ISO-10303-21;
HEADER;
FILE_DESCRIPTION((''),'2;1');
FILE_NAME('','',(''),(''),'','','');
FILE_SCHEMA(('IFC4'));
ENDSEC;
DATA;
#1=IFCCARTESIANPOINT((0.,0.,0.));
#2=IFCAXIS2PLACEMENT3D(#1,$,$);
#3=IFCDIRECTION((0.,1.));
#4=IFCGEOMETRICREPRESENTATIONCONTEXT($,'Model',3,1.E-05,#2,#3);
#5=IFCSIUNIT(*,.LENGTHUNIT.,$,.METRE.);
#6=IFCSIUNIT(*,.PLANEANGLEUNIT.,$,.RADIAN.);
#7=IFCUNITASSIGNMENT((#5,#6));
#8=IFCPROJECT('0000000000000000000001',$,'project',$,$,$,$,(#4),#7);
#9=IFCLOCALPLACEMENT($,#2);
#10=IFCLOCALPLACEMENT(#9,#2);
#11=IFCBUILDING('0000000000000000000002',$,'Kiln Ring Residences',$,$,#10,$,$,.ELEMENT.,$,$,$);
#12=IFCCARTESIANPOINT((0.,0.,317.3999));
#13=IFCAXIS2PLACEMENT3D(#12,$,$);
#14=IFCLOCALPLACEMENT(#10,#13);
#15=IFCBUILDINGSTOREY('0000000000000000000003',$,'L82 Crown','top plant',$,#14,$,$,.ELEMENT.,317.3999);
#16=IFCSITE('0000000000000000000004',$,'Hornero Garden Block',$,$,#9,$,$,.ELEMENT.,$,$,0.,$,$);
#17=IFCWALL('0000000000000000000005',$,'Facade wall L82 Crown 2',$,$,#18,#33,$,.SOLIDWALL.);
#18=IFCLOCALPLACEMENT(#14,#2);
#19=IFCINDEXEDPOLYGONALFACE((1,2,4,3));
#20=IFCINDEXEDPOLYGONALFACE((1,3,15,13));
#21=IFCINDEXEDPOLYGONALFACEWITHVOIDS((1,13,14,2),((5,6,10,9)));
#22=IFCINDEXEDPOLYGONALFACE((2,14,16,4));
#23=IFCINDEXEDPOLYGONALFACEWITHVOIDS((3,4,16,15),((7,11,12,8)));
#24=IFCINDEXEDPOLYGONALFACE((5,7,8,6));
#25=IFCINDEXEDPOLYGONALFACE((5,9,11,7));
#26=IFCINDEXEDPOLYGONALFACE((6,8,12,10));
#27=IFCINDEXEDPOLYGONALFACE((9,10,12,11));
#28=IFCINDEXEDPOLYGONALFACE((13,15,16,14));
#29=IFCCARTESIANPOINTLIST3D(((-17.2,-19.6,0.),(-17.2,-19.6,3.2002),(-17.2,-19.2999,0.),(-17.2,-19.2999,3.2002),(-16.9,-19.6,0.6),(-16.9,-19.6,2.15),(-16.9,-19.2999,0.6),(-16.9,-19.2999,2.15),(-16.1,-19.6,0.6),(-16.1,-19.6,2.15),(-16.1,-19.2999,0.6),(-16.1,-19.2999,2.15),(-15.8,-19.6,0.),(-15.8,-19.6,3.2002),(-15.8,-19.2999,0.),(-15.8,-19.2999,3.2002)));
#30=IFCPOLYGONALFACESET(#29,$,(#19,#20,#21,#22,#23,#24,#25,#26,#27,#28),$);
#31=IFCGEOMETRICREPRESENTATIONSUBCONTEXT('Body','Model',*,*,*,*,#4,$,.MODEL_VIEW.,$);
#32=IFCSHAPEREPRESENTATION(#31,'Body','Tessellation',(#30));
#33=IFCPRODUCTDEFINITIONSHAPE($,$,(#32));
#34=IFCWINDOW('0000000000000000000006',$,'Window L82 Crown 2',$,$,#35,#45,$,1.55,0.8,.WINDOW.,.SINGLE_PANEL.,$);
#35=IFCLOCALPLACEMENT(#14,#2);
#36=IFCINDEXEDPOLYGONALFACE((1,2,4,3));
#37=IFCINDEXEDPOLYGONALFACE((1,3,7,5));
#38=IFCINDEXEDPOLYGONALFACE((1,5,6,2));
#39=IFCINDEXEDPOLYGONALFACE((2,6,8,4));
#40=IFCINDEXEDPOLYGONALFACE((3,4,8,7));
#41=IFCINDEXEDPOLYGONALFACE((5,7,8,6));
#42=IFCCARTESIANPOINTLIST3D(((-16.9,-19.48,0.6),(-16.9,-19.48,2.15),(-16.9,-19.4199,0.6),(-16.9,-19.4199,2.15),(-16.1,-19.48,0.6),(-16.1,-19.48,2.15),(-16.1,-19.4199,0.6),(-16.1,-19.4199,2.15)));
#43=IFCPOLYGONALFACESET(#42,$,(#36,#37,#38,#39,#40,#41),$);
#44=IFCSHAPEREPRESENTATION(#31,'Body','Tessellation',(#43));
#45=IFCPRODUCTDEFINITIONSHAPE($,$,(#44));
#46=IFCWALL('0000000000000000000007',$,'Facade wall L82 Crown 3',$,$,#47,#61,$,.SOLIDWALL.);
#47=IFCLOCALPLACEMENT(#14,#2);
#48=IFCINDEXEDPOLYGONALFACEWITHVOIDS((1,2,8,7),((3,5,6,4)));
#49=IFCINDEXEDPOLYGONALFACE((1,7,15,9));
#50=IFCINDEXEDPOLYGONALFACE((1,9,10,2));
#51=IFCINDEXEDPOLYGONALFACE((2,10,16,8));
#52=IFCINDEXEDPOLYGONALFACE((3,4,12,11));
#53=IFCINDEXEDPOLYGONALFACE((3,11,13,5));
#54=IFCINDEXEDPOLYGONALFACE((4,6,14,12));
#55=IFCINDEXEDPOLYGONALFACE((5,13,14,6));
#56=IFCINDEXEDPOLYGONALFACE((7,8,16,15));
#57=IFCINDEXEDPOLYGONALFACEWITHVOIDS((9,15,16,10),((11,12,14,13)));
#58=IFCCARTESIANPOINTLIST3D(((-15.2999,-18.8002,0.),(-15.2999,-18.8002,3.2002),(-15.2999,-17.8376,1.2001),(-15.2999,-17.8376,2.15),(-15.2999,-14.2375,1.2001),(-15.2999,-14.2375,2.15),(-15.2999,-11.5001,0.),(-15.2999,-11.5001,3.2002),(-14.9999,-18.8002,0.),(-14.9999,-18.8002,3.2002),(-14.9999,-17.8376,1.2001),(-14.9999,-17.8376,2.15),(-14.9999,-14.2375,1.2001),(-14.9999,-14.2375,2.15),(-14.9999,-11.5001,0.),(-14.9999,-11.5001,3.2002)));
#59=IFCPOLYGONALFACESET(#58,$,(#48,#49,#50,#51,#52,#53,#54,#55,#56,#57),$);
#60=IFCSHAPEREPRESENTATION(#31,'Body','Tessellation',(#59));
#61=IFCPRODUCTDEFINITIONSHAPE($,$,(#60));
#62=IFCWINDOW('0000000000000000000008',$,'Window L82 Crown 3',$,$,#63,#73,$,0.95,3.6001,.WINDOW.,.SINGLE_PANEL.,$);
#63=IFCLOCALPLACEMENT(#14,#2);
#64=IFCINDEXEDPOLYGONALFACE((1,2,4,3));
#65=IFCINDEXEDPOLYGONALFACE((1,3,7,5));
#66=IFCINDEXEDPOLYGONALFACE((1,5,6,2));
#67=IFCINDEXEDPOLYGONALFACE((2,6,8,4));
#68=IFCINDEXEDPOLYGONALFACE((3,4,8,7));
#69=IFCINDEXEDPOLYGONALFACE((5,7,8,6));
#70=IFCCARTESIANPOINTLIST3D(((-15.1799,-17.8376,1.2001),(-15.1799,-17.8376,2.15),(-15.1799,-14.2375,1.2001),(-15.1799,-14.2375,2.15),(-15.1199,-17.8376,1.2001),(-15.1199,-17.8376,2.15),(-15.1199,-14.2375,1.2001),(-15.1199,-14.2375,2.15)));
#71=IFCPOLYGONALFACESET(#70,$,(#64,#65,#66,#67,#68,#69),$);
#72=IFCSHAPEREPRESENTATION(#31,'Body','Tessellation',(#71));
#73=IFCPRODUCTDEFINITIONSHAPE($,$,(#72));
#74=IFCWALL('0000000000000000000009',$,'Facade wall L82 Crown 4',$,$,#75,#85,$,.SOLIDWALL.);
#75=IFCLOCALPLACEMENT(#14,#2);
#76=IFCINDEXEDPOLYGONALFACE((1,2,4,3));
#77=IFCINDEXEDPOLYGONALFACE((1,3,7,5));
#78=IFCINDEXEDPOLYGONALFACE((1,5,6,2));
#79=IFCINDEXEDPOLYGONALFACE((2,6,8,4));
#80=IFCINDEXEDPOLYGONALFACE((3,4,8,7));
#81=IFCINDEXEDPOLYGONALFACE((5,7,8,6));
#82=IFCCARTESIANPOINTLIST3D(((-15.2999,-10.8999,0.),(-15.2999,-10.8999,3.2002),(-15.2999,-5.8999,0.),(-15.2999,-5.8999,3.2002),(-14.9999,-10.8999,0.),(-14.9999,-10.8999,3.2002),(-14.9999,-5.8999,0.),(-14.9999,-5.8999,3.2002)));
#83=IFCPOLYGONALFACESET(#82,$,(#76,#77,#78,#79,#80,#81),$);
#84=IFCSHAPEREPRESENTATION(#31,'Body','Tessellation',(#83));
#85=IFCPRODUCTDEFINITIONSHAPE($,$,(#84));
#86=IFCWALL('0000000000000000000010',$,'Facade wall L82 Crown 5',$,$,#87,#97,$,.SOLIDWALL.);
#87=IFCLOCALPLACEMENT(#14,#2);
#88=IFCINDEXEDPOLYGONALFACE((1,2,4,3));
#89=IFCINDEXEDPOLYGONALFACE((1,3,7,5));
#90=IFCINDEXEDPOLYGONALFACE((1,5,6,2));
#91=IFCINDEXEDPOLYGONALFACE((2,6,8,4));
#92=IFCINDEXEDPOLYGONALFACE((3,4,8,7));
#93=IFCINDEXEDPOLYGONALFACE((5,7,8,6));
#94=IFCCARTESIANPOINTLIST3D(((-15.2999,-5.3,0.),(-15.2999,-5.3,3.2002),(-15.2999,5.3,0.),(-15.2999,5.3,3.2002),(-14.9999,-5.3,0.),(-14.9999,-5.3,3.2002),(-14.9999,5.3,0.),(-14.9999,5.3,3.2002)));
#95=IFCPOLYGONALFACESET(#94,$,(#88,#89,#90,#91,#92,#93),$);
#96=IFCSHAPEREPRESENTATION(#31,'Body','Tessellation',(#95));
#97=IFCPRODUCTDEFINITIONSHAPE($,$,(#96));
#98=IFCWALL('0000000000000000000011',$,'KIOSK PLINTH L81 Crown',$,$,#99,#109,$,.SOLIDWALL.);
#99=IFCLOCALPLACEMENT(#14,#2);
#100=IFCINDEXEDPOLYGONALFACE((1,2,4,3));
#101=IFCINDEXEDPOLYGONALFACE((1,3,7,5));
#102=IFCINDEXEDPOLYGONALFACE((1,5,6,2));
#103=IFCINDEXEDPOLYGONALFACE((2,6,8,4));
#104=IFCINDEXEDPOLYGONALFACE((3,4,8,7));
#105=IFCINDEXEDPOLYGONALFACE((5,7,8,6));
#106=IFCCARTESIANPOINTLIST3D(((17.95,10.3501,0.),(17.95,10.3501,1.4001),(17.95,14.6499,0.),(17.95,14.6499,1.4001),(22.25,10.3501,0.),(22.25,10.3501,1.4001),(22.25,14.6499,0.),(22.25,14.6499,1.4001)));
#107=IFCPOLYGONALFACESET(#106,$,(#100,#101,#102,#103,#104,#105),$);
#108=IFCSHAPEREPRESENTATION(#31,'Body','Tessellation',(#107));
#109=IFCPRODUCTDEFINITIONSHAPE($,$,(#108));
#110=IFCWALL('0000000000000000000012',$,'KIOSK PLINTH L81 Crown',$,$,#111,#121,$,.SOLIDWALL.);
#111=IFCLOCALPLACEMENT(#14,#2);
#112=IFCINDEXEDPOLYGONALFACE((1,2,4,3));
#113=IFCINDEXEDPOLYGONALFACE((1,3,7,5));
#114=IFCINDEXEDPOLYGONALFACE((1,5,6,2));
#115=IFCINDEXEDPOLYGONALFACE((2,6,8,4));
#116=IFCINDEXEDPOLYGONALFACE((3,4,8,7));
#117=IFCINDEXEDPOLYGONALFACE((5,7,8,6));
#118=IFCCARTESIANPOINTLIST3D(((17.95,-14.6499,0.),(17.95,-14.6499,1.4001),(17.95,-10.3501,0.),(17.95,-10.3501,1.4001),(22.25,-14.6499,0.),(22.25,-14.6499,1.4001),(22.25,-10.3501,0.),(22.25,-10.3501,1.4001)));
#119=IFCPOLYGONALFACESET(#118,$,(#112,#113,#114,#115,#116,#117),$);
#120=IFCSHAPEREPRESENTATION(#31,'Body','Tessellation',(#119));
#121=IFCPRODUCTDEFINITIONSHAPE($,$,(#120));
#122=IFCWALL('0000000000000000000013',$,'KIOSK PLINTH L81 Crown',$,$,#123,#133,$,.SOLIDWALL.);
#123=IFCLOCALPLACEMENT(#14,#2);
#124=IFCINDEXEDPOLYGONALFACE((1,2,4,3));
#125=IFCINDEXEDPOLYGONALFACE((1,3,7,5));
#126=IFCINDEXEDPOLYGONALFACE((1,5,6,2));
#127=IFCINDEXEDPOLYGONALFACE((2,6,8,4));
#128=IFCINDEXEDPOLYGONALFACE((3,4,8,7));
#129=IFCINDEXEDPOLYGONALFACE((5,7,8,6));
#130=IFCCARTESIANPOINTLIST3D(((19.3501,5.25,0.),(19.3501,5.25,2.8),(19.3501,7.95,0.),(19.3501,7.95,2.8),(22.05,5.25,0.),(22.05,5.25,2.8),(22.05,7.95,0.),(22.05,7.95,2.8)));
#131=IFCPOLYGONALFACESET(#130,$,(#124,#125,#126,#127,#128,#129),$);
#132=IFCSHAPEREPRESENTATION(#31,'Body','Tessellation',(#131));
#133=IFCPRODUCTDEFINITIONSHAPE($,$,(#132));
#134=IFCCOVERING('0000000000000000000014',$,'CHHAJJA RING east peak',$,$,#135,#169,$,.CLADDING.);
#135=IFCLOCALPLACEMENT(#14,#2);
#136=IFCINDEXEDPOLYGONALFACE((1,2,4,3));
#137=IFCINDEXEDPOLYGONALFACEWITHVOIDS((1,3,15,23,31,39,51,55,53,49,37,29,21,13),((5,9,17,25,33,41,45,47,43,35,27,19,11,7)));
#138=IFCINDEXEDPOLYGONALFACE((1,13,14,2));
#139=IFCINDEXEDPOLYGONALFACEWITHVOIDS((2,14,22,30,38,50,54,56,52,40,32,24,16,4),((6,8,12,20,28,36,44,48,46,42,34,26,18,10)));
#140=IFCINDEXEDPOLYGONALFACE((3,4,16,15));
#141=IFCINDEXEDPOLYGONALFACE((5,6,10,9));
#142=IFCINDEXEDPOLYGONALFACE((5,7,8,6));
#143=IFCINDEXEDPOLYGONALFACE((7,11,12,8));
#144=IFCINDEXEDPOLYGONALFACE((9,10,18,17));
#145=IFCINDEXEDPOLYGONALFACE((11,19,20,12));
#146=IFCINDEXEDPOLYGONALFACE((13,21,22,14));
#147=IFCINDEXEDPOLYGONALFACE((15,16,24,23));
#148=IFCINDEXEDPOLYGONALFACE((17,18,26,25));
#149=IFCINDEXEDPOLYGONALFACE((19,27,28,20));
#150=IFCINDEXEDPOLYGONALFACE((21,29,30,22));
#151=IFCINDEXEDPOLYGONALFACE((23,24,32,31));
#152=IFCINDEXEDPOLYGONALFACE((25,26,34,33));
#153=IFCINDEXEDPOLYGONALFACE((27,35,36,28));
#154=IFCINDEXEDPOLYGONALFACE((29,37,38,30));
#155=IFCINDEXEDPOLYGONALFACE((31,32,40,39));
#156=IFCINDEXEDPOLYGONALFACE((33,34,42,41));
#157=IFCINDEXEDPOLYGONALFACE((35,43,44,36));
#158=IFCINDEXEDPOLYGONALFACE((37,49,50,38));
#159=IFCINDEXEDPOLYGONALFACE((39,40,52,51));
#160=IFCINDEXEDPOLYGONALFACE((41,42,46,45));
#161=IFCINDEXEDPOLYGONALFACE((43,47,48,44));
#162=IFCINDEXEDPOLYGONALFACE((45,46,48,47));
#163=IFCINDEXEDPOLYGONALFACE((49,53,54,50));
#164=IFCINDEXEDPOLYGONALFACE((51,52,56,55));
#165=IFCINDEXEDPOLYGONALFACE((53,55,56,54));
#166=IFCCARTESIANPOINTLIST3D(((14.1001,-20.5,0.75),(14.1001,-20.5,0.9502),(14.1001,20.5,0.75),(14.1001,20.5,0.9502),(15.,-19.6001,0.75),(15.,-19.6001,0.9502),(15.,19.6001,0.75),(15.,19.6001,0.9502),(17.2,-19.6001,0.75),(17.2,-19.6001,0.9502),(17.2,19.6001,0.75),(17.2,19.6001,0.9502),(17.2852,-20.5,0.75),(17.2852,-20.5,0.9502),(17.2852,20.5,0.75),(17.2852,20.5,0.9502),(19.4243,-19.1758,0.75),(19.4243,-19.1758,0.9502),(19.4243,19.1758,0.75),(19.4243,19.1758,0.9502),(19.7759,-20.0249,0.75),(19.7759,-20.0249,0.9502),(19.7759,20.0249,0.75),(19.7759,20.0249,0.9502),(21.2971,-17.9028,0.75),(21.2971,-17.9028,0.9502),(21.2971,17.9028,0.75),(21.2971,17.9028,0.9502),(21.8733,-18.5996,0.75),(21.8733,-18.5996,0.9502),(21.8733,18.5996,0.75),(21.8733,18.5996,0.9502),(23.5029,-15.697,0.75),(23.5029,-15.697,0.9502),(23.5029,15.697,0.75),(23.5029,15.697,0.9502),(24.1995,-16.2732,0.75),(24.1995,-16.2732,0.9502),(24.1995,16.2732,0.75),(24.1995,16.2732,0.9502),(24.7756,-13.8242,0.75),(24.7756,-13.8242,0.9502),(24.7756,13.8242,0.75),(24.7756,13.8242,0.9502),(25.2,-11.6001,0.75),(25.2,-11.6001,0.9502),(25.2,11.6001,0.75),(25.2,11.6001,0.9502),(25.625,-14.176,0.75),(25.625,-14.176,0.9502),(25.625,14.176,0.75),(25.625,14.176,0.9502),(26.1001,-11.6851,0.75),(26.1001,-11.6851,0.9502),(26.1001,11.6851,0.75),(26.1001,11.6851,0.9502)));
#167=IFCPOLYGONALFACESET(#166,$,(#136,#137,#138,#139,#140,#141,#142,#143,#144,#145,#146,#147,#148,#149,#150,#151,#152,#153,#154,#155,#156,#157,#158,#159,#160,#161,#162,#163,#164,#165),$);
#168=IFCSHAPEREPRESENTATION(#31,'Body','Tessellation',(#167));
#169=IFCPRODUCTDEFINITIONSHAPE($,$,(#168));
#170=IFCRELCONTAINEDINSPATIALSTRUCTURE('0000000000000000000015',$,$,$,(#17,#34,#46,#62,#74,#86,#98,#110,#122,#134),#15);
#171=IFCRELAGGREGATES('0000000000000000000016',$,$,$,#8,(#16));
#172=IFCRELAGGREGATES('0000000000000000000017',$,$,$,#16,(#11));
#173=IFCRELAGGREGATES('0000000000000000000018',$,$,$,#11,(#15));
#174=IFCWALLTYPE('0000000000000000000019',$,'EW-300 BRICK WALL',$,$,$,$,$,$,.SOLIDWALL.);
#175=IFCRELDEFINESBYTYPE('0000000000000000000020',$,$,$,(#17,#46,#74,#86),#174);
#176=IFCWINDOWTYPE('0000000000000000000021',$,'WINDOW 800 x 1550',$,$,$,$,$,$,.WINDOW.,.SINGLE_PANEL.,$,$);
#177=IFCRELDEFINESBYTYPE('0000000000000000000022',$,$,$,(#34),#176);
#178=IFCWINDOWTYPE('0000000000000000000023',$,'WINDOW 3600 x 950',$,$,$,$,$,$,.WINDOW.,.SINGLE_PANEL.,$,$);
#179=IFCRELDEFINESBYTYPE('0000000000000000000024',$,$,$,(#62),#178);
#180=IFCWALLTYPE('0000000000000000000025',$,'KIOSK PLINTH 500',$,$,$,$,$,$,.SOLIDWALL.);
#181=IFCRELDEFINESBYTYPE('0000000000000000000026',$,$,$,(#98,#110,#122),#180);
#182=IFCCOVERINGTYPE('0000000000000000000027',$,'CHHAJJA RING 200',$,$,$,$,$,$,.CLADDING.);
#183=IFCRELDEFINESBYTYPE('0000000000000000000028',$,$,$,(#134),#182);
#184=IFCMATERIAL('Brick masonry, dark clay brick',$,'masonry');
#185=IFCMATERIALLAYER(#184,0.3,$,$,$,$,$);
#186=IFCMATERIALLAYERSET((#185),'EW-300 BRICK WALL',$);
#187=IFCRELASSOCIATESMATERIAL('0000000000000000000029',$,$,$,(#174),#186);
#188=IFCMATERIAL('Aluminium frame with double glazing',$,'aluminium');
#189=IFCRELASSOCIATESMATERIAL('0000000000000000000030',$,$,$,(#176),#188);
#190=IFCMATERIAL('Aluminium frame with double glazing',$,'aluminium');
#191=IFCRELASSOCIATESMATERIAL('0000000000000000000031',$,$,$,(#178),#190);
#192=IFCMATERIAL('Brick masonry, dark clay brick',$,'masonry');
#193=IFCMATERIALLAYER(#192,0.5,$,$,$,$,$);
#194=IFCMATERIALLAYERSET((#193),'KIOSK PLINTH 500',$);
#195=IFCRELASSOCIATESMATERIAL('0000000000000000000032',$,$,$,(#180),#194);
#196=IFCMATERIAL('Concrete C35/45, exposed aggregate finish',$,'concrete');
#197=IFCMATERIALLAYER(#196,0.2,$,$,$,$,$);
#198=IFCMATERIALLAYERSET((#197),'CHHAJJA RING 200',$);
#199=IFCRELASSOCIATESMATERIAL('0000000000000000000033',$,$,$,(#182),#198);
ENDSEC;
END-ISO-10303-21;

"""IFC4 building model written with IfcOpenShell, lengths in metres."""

from ifc_helpers import new_model, si_unit, direction, frame, frame_2d, origin, place, context, subcontext, project, spatial, polyline, rectangle, outline, extrude, material, layer, layer_set, type_object, element, fill, save


model = new_model("IFC4")

# Units and contexts
model_context = context("Model", 3, precision=1e-05, world=origin(), true_north=direction((0.0, 1.0)))
body_context = subcontext(model_context, "Body", "Model", "MODEL_VIEW")
ifc_project = project(units=[si_unit("LENGTHUNIT", "METRE"), si_unit("PLANEANGLEUNIT", "RADIAN")], contexts=[model_context])

# Site, building, storey
site_placement = place(None, origin())
site = spatial("IfcSite", under=ifc_project, at=site_placement, Name="Hornero Garden Block", CompositionType="ELEMENT", RefElevation=0.0)
building_placement = place(site_placement, origin())
building = spatial("IfcBuilding", under=site, at=building_placement, Name="Kiln Ring Residences", CompositionType="ELEMENT")
storey_placement = place(building_placement, frame((0.0, 0.0, 317.3999)))
storey = spatial("IfcBuildingStorey", under=building, at=storey_placement, Name="L82 Crown", Description="top plant", CompositionType="ELEMENT", Elevation=317.3999)

# Walls, openings, windows
ifc_material_1 = material(Name="Brick masonry, dark clay brick", Category="masonry")
ifc_layer_1 = layer(ifc_material_1, 0.3)
ifc_layer_set_1 = layer_set([ifc_layer_1], Name="EW-300 BRICK WALL")
wall_type_1 = type_object("IfcWallType", Name="EW-300 BRICK WALL", PredefinedType="SOLIDWALL", material=ifc_layer_set_1)
wall_1_placement = place(storey_placement, frame((-17.2, -19.45, 0.0), z_axis=(0.0, 0.0, 1.0), x_axis=(1.0, 0.0, 0.0)))
wall_1 = element("IfcWall", 1, at=wall_1_placement, inside=storey, type_object=wall_type_1, Name="Facade wall L82 Crown 2", PredefinedType="SOLIDWALL", context=body_context, shape_type="SweptSolid", body=[
    extrude(rectangle(XDim=1.3999, YDim=0.3, at=frame_2d((0.7, 0.0))), origin(), (0.0, 0.0, 1.0), 3.2002),
])
opening_1_placement = place(wall_1_placement, frame((0.3, 0.0, 0.6001)))
opening_1 = element("IfcOpeningElement", 2, at=opening_1_placement, cuts=wall_1, PredefinedType="OPENING", context=body_context, shape_type="SweptSolid", body=[
    extrude(rectangle(XDim=0.8, YDim=1.55, at=frame_2d((0.3999, 0.7749))), frame((0.0, 0.1599, 0.0), z_axis=(0.0, -1.0, 0.0), x_axis=(1.0, 0.0, 0.0)), (0.0, 0.0, 1.0), 0.3201),
])
ifc_material_2 = material(Name="Aluminium frame with double glazing", Category="aluminium")
window_type_1 = type_object("IfcWindowType", Name="WINDOW 800 x 1550", PartitioningType="SINGLE_PANEL", PredefinedType="WINDOW", material=ifc_material_2)
window_1_placement = place(opening_1_placement, origin())
window_1 = element("IfcWindow", 3, at=window_1_placement, inside=storey, type_object=window_type_1, Name="Window L82 Crown 2", OverallHeight=1.55, OverallWidth=0.8, PartitioningType="SINGLE_PANEL", PredefinedType="WINDOW", context=body_context, shape_type="SweptSolid", body=[
    extrude(rectangle(XDim=0.8, YDim=1.55, at=frame_2d((0.3999, 0.7749))), frame((0.0, 0.03, 0.0), z_axis=(0.0, -1.0, 0.0), x_axis=(1.0, 0.0, 0.0)), (0.0, 0.0, 1.0), 0.0601),
])
fill(opening_1, window_1)
wall_2_placement = place(storey_placement, frame((-15.1499, -18.8, 0.0), z_axis=(0.0, 0.0, 1.0), x_axis=(0.0, 1.0, 0.0)))
wall_2 = element("IfcWall", 4, at=wall_2_placement, inside=storey, type_object=wall_type_1, Name="Facade wall L82 Crown 3", PredefinedType="SOLIDWALL", context=body_context, shape_type="SweptSolid", body=[
    extrude(rectangle(XDim=7.3, YDim=0.3, at=frame_2d((3.6499, 0.0))), origin(), (0.0, 0.0, 1.0), 3.2002),
])
opening_2_placement = place(wall_2_placement, frame((0.9624, 0.0, 1.2)))
opening_2 = element("IfcOpeningElement", 5, at=opening_2_placement, cuts=wall_2, PredefinedType="OPENING", context=body_context, shape_type="SweptSolid", body=[
    extrude(rectangle(XDim=3.6001, YDim=0.95, at=frame_2d((1.8, 0.4751))), frame((0.0, 0.1599, 0.0), z_axis=(0.0, -1.0, 0.0), x_axis=(1.0, 0.0, 0.0)), (0.0, 0.0, 1.0), 0.3201),
])
ifc_material_3 = material(Name="Aluminium frame with double glazing", Category="aluminium")
window_type_2 = type_object("IfcWindowType", Name="WINDOW 3600 x 950", PartitioningType="SINGLE_PANEL", PredefinedType="WINDOW", material=ifc_material_3)
window_2_placement = place(opening_2_placement, origin())
window_2 = element("IfcWindow", 6, at=window_2_placement, inside=storey, type_object=window_type_2, Name="Window L82 Crown 3", OverallHeight=0.95, OverallWidth=3.6001, PartitioningType="SINGLE_PANEL", PredefinedType="WINDOW", context=body_context, shape_type="SweptSolid", body=[
    extrude(rectangle(XDim=3.6001, YDim=0.95, at=frame_2d((1.8, 0.4751))), frame((0.0, 0.03, 0.0), z_axis=(0.0, -1.0, 0.0), x_axis=(1.0, 0.0, 0.0)), (0.0, 0.0, 1.0), 0.0601),
])
fill(opening_2, window_2)

# Walls
wall_3_placement = place(storey_placement, frame((-15.1499, -10.8999, 0.0), z_axis=(0.0, 0.0, 1.0), x_axis=(0.0, 1.0, 0.0)))
element("IfcWall", 7, at=wall_3_placement, inside=storey, type_object=wall_type_1, Name="Facade wall L82 Crown 4", PredefinedType="SOLIDWALL", context=body_context, shape_type="SweptSolid", body=[
    extrude(rectangle(XDim=5.0, YDim=0.3, at=frame_2d((2.5, 0.0))), origin(), (0.0, 0.0, 1.0), 3.2002),
])
wall_4_placement = place(storey_placement, frame((-15.1499, -5.3, 0.0), z_axis=(0.0, 0.0, 1.0), x_axis=(0.0, 1.0, 0.0)))
element("IfcWall", 8, at=wall_4_placement, inside=storey, type_object=wall_type_1, Name="Facade wall L82 Crown 5", PredefinedType="SOLIDWALL", context=body_context, shape_type="SweptSolid", body=[
    extrude(rectangle(XDim=10.6001, YDim=0.3, at=frame_2d((5.3, 0.0))), origin(), (0.0, 0.0, 1.0), 3.2002),
])
ifc_material_4 = material(Name="Brick masonry, dark clay brick", Category="masonry")
ifc_layer_2 = layer(ifc_material_4, 0.5)
ifc_layer_set_2 = layer_set([ifc_layer_2], Name="KIOSK PLINTH 500")
wall_type_2 = type_object("IfcWallType", Name="KIOSK PLINTH 500", PredefinedType="SOLIDWALL", material=ifc_layer_set_2)
placement_1 = place(storey_placement, origin())
element("IfcWall", 9, at=placement_1, inside=storey, type_object=wall_type_2, Name="KIOSK PLINTH L81 Crown", PredefinedType="SOLIDWALL", context=body_context, shape_type="SweptSolid", body=[
    extrude(outline(polyline([(22.25, 10.3501), (22.25, 14.6499), (17.95, 14.6499), (17.95, 10.3501), (22.25, 10.3501)])), origin(), (0.0, 0.0, 1.0), 1.4001),
])
element("IfcWall", 10, at=placement_1, inside=storey, type_object=wall_type_2, Name="KIOSK PLINTH L81 Crown", PredefinedType="SOLIDWALL", context=body_context, shape_type="SweptSolid", body=[
    extrude(outline(polyline([(22.25, -14.6499), (22.25, -10.3501), (17.95, -10.3501), (17.95, -14.6499), (22.25, -14.6499)])), origin(), (0.0, 0.0, 1.0), 1.4001),
])
element("IfcWall", 11, at=placement_1, inside=storey, type_object=wall_type_2, Name="KIOSK PLINTH L81 Crown", PredefinedType="SOLIDWALL", context=body_context, shape_type="SweptSolid", body=[
    extrude(outline(polyline([(22.05, 5.25), (22.05, 7.95), (19.3501, 7.95), (19.3501, 5.25), (22.05, 5.25)])), origin(), (0.0, 0.0, 1.0), 2.8),
])

# Covering
ifc_material_5 = material(Name="Concrete C35/45, exposed aggregate finish", Category="concrete")
ifc_layer_3 = layer(ifc_material_5, 0.2)
ifc_layer_set_3 = layer_set([ifc_layer_3], Name="CHHAJJA RING 200")
covering_type_1 = type_object("IfcCoveringType", Name="CHHAJJA RING 200", PredefinedType="CLADDING", material=ifc_layer_set_3)
covering_1_placement = place(storey_placement, frame((0.0, 0.0, 0.75)))
element("IfcCovering", 12, at=covering_1_placement, inside=storey, type_object=covering_type_1, Name="CHHAJJA RING east peak", PredefinedType="CLADDING", context=body_context, shape_type="SweptSolid", body=[
    extrude(outline(polyline([(14.1001, 20.5), (14.1001, -20.5), (17.2852, -20.5), (19.7759, -20.0249), (21.8733, -18.5996), (24.1995, -16.2732), (25.625, -14.176), (26.1001, -11.6851), (26.1001, 11.6851), (25.625, 14.176), (24.1995, 16.2732), (21.8733, 18.5996), (19.7759, 20.0249), (17.2852, 20.5), (14.1001, 20.5)]), holes=[polyline([(17.2, -19.6001), (15.0, -19.6001), (15.0, 19.6001), (17.2, 19.6001), (19.4243, 19.1758), (21.2971, 17.9028), (23.5029, 15.697), (24.7756, 13.8242), (25.2, 11.6001), (25.2, -11.6001), (24.7756, -13.8242), (23.5029, -15.697), (21.2971, -17.9028), (19.4243, -19.1758), (17.2, -19.6001)])]), origin(), (0.0, 0.0, 1.0), 0.2002),
])

save(model, "model.ifc")
